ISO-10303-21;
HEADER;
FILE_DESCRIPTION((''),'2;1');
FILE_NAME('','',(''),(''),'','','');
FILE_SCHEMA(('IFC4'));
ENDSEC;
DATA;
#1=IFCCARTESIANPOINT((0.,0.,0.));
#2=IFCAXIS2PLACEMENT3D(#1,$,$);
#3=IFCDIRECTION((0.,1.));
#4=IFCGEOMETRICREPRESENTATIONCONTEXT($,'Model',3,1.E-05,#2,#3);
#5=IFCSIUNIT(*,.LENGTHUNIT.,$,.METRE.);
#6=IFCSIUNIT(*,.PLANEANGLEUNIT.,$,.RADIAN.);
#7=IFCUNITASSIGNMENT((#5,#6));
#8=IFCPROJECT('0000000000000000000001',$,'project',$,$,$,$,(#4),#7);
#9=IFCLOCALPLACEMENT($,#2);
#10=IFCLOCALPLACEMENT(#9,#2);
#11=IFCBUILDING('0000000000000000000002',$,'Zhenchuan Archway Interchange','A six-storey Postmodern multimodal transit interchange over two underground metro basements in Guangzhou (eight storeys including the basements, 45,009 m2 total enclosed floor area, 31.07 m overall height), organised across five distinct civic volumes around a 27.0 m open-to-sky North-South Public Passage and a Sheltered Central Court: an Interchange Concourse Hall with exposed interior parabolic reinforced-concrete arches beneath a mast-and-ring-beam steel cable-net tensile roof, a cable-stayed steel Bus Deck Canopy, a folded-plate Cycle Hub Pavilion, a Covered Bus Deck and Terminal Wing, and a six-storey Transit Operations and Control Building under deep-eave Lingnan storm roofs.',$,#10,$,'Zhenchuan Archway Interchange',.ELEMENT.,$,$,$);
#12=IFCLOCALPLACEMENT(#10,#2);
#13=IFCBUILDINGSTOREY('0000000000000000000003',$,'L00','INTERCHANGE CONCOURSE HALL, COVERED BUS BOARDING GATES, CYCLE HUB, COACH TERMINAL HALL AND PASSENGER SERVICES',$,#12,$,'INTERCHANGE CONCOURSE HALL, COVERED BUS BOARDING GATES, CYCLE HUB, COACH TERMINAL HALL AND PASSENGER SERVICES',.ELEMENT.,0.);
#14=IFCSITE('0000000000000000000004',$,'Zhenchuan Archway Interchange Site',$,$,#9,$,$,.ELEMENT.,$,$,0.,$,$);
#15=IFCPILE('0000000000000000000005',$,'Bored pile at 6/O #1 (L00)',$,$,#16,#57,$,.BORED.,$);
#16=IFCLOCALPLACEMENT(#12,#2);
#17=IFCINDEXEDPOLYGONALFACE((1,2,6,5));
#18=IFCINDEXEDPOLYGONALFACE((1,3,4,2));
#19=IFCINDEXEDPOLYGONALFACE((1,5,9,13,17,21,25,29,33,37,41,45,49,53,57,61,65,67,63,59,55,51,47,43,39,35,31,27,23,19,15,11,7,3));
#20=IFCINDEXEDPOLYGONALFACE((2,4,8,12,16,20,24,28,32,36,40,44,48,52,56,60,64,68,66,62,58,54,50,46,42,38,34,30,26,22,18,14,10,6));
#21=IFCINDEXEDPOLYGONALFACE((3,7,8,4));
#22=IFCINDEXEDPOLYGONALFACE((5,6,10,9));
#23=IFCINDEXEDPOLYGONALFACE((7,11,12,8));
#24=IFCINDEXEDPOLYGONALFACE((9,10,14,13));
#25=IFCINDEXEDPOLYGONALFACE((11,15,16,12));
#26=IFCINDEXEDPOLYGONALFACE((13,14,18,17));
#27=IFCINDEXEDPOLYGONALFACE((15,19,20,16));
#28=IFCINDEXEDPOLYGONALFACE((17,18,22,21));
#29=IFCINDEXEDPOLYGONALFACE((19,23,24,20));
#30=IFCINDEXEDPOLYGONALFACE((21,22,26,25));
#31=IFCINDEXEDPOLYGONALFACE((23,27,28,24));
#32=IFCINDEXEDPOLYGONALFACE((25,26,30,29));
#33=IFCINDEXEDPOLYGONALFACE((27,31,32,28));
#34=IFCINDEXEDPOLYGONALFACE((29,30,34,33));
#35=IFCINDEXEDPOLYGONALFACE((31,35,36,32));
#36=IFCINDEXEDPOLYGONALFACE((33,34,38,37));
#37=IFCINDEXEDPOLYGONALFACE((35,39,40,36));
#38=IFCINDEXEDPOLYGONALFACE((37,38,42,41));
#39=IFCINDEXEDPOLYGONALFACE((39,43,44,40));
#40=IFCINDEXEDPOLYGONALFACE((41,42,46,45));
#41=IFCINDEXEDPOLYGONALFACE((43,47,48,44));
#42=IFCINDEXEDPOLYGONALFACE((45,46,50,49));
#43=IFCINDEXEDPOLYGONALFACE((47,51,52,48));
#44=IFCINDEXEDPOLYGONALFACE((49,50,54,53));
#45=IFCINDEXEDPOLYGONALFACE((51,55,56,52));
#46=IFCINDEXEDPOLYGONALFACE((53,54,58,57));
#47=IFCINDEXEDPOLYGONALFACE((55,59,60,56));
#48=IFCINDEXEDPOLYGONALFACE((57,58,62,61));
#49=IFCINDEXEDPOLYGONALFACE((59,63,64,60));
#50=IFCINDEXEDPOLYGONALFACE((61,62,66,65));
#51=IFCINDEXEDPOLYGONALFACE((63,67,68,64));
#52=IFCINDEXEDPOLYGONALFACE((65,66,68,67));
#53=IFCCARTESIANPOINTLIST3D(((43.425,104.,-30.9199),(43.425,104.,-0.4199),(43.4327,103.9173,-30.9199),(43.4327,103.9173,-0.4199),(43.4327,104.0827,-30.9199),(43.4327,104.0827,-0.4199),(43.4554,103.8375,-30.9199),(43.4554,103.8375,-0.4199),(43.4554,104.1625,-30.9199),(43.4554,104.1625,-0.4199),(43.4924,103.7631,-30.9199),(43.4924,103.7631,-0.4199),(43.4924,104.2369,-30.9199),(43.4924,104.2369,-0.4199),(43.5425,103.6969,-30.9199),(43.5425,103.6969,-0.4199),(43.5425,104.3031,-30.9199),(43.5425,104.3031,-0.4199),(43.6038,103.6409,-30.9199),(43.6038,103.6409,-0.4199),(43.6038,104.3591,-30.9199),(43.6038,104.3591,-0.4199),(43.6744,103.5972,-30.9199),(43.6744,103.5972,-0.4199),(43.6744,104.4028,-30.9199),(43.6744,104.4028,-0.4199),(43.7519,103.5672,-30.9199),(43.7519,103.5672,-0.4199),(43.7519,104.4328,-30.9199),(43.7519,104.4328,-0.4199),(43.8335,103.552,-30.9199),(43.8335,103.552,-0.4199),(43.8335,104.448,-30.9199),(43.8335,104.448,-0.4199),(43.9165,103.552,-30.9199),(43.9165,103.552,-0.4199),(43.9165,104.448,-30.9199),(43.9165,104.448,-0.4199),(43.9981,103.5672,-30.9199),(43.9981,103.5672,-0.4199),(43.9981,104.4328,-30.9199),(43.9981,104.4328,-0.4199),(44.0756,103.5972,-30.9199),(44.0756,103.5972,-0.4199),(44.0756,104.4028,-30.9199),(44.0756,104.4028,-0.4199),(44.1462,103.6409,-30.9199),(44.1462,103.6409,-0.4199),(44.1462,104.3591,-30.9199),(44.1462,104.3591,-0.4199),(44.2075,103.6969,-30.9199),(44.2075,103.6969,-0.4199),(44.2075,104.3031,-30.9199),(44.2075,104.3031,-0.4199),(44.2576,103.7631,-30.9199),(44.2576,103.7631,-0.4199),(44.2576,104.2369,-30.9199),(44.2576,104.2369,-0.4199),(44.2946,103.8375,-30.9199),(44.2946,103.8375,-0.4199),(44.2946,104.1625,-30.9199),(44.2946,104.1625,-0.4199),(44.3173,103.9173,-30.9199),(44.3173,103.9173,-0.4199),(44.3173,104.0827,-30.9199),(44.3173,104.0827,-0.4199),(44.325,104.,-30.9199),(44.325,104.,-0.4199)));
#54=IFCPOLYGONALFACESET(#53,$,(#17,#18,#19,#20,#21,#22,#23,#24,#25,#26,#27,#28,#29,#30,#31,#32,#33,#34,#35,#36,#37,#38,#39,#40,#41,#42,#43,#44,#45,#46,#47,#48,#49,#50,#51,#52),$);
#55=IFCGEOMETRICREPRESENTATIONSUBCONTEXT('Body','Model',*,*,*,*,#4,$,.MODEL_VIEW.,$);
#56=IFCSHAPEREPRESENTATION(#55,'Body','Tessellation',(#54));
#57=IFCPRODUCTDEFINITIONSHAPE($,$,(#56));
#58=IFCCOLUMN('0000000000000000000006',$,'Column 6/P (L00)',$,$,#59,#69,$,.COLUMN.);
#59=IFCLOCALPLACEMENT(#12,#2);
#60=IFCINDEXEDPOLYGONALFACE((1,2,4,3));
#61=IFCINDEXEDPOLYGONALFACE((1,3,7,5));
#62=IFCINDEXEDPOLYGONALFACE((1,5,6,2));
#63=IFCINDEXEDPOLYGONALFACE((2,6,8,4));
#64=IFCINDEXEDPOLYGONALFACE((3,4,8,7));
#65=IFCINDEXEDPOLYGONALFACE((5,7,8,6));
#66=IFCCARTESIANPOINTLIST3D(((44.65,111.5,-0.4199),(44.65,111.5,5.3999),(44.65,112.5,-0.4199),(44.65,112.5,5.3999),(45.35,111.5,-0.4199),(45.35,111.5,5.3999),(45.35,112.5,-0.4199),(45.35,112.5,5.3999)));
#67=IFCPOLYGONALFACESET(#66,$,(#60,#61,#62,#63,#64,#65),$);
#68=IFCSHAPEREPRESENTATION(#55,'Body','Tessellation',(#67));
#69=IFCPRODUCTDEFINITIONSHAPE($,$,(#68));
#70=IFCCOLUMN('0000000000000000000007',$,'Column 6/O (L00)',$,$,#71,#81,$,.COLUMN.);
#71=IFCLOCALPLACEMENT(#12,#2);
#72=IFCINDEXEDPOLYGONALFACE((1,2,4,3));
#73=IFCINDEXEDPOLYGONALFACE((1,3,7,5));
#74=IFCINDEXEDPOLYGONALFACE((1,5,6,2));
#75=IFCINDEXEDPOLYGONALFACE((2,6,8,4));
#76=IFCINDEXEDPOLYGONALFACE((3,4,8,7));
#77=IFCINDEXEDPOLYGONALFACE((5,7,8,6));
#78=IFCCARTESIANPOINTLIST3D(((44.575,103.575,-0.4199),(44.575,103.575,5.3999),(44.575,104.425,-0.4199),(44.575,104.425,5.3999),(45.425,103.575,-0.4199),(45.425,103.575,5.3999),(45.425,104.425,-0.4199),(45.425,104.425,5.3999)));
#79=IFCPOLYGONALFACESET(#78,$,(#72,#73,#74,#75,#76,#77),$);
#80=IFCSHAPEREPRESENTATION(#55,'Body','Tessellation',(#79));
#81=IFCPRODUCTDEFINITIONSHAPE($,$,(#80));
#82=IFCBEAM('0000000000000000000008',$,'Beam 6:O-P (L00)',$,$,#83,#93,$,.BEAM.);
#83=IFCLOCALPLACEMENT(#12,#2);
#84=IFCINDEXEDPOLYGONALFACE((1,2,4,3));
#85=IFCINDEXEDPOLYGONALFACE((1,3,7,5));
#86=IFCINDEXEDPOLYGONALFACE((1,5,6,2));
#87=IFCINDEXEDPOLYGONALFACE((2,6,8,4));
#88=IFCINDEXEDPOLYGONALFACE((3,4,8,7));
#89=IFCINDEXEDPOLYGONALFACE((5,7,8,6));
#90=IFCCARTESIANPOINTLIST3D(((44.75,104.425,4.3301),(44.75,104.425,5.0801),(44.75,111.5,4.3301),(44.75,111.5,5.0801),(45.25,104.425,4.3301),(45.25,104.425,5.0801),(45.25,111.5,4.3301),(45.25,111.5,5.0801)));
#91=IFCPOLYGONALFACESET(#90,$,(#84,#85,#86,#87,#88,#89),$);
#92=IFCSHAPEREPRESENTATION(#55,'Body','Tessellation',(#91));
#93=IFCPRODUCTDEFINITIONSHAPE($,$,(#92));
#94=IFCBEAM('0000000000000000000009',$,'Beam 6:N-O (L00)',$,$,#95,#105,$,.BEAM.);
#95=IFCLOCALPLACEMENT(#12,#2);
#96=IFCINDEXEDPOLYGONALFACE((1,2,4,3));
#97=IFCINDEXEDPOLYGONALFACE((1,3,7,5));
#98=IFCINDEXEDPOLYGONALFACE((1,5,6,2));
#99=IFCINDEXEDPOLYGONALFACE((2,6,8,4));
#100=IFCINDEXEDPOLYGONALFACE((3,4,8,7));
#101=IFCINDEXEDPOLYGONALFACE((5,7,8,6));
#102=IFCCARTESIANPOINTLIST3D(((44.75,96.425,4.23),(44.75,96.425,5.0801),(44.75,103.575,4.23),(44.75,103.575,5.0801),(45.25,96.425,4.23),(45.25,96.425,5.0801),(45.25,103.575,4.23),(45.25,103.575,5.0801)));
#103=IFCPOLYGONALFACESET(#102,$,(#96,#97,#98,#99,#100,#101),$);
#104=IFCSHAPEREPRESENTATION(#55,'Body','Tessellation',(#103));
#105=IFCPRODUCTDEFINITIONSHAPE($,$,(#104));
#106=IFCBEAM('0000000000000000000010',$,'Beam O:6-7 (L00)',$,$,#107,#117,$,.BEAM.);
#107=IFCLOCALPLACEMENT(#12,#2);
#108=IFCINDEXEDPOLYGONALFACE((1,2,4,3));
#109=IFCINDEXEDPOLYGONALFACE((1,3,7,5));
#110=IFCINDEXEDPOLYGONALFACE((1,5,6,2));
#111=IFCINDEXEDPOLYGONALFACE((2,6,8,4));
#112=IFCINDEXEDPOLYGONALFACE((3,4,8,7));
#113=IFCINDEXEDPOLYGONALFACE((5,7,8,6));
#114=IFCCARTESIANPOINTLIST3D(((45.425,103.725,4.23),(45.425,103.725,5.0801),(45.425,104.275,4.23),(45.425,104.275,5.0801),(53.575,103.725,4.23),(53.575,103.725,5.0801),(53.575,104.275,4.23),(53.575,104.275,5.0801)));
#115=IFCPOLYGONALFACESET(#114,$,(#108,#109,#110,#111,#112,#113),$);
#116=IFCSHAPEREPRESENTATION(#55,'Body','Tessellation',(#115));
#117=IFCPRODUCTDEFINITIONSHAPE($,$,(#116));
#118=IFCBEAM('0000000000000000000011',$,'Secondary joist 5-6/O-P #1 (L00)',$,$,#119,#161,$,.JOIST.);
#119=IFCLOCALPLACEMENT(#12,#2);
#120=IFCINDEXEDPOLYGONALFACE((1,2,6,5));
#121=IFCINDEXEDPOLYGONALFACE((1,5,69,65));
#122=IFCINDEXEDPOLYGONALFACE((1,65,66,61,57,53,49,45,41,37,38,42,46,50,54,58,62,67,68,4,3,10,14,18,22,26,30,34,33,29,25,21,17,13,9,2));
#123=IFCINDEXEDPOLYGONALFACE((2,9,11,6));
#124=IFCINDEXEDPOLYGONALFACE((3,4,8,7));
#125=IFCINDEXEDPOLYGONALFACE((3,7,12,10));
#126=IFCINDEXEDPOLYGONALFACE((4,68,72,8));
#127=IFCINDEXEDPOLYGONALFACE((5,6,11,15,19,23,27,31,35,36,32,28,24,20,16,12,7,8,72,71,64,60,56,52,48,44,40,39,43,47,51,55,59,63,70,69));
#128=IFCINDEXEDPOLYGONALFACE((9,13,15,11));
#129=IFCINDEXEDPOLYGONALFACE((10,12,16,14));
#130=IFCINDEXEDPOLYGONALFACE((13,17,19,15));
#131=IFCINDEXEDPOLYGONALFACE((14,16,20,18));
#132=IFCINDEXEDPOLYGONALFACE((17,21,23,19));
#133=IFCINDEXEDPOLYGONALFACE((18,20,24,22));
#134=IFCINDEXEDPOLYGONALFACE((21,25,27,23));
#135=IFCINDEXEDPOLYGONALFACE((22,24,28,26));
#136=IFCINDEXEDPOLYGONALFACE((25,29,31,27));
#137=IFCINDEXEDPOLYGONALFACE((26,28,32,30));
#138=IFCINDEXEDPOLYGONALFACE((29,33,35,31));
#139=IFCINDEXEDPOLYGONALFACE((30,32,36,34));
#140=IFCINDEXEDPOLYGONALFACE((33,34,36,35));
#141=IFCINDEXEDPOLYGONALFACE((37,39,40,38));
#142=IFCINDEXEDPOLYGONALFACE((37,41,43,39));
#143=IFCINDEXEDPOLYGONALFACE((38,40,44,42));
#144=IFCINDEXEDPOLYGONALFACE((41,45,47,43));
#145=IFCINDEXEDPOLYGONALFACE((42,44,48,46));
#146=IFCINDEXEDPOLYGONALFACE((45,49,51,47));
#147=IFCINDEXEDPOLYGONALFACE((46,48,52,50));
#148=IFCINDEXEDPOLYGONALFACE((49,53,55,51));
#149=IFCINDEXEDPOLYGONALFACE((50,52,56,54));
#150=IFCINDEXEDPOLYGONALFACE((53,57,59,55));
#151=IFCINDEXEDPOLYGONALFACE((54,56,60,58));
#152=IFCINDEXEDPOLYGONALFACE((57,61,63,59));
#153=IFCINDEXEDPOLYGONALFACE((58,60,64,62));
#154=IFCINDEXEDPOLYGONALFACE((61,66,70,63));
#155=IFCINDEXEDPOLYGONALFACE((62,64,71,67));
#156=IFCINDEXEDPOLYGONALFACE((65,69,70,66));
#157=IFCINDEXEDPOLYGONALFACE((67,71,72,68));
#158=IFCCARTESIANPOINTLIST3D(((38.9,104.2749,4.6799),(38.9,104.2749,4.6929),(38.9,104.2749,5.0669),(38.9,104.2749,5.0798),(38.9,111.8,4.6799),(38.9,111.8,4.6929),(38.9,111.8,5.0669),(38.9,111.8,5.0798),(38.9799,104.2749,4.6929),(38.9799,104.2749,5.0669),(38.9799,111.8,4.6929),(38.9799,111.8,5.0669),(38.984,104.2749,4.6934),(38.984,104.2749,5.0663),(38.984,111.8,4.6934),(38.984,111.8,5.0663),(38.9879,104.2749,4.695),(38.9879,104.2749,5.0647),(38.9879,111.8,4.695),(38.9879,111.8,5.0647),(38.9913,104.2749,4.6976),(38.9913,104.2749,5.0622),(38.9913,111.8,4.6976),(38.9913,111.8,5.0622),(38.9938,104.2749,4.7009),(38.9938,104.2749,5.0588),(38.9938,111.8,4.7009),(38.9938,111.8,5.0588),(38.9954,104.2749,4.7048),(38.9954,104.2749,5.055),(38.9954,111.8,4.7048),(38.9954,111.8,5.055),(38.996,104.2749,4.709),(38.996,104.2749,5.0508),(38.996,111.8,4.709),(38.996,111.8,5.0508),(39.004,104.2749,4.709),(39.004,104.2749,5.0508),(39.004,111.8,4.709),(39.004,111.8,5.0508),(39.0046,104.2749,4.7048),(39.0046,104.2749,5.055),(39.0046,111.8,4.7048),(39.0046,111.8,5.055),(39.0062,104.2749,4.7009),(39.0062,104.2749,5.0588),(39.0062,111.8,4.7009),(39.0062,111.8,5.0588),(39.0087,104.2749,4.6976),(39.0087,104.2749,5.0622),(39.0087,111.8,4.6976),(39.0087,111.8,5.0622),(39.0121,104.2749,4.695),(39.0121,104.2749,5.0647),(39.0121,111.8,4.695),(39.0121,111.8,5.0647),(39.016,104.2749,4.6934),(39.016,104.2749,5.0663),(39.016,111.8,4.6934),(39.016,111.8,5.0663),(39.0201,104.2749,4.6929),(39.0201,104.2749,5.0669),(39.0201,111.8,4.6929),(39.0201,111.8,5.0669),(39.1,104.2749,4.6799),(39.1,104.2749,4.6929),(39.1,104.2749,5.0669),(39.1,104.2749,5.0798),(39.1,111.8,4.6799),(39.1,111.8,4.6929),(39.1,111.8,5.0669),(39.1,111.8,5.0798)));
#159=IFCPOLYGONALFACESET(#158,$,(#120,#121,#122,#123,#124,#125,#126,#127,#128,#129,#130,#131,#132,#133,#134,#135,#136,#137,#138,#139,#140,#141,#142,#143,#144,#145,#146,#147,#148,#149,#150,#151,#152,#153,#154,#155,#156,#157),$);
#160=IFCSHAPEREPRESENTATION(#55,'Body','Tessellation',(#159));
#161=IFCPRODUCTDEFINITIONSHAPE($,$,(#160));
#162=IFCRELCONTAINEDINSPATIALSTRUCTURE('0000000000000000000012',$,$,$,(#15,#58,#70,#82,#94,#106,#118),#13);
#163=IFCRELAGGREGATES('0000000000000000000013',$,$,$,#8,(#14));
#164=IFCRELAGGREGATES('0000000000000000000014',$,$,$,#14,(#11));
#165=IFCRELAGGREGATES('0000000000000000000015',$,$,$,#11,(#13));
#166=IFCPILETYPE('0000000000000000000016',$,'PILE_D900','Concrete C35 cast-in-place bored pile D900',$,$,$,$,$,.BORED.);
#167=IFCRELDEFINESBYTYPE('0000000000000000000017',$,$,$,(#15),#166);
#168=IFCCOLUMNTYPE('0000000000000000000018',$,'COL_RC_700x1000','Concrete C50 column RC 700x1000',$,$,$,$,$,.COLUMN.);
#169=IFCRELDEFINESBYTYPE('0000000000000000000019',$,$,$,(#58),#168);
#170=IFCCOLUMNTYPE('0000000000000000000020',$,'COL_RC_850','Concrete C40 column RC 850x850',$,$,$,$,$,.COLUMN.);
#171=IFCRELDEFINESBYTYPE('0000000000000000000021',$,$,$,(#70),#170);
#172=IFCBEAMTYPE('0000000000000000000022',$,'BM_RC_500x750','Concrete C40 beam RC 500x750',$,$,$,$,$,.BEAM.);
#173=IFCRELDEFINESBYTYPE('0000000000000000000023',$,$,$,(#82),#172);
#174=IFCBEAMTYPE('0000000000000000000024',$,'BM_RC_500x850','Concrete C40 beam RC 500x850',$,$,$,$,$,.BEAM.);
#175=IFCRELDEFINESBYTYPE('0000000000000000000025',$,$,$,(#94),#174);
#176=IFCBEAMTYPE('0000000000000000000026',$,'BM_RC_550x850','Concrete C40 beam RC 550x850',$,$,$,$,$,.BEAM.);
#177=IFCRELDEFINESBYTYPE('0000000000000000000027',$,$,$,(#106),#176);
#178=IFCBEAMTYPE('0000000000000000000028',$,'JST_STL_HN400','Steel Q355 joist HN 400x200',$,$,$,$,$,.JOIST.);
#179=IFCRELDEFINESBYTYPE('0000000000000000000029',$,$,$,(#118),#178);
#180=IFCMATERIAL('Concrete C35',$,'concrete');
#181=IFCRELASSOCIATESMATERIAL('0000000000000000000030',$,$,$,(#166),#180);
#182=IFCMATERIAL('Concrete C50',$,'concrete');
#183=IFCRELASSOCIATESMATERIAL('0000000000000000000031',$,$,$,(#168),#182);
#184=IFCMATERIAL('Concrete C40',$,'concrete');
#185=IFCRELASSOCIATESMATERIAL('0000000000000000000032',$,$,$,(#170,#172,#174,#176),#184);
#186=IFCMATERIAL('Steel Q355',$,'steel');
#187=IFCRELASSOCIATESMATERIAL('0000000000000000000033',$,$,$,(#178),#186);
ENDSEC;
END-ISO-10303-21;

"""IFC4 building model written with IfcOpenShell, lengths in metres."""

from ifc_helpers import new_model, si_unit, direction, frame, origin, origin_2d, place, context, subcontext, project, spatial, rectangle, circle, i_section, extrude, material, material_profile, profile_set, type_object, element, save


model = new_model("IFC4")

# Units and contexts
model_context = context("Model", 3, precision=1e-05, world=origin(), true_north=direction((0.0, 1.0)))
body_context = subcontext(model_context, "Body", "Model", "MODEL_VIEW")
ifc_project = project(units=[si_unit("LENGTHUNIT", "METRE"), si_unit("PLANEANGLEUNIT", "RADIAN")], contexts=[model_context])

# Site, building, storey
site_placement = place(None, origin())
site = spatial("IfcSite", under=ifc_project, at=site_placement, Name="Zhenchuan Archway Interchange Site", CompositionType="ELEMENT", RefElevation=0.0)
building_placement = place(site_placement, origin())
building = spatial("IfcBuilding", under=site, at=building_placement, Name="Zhenchuan Archway Interchange", Description="A six-storey Postmodern multimodal transit interchange over two underground metro basements in Guangzhou (eight storeys including the basements, 45,009 m2 total enclosed floor area, 31.07 m overall height), organised across five distinct civic volumes around a 27.0 m open-to-sky North-South Public Passage and a Sheltered Central Court: an Interchange Concourse Hall with exposed interior parabolic reinforced-concrete arches beneath a mast-and-ring-beam steel cable-net tensile roof, a cable-stayed steel Bus Deck Canopy, a folded-plate Cycle Hub Pavilion, a Covered Bus Deck and Terminal Wing, and a six-storey Transit Operations and Control Building under deep-eave Lingnan storm roofs.", LongName="Zhenchuan Archway Interchange", CompositionType="ELEMENT")
storey_placement = place(building_placement, origin())
storey = spatial("IfcBuildingStorey", under=building, at=storey_placement, Name="L00", Description="INTERCHANGE CONCOURSE HALL, COVERED BUS BOARDING GATES, CYCLE HUB, COACH TERMINAL HALL AND PASSENGER SERVICES", LongName="INTERCHANGE CONCOURSE HALL, COVERED BUS BOARDING GATES, CYCLE HUB, COACH TERMINAL HALL AND PASSENGER SERVICES", CompositionType="ELEMENT", Elevation=0.0)

# Shared definitions
ifc_material_1 = material(Name="Concrete C40", Category="concrete")

# Pile
ifc_material_2 = material(Name="Concrete C35", Category="concrete")
ifc_material_profile_1 = material_profile(ifc_material_2, circle(Radius=0.45, at=origin_2d()), Name="BORED PILE 900")
ifc_profile_set_1 = profile_set([ifc_material_profile_1], Name="Concrete C35")
pile_type_1 = type_object("IfcPileType", Name="PILE_D900", Description="Concrete C35 cast-in-place bored pile D900", PredefinedType="BORED", material=ifc_profile_set_1)
for number, where, z_axis, x_axis, name in (
    (1, (43.875, 104.0, -0.4199), (0.0, 0.0, -1.0), (1.0, 0.0, 0.0), "Bored pile at 6/O #1 (L00)"),
):
    element("IfcPile", number, at=place(storey_placement, frame(where, z_axis=z_axis, x_axis=x_axis)), inside=storey, type_object=pile_type_1, Name=name, PredefinedType="BORED", context=body_context, shape_type="SweptSolid", body=[
        extrude(circle(Radius=0.45, at=origin_2d()), origin(), (0.0, 0.0, 1.0), 30.5),
    ])

# Columns
ifc_material_3 = material(Name="Concrete C50", Category="concrete")
ifc_material_profile_2 = material_profile(ifc_material_3, rectangle(XDim=0.7, YDim=1.0, at=origin_2d()), Name="RC 700x1000")
ifc_profile_set_2 = profile_set([ifc_material_profile_2], Name="Concrete C50")
column_type_1 = type_object("IfcColumnType", Name="COL_RC_700x1000", Description="Concrete C50 column RC 700x1000", PredefinedType="COLUMN", material=ifc_profile_set_2)
column_1_placement = place(storey_placement, frame((45.0, 112.0, -0.4199), z_axis=(0.0, 0.0, 1.0), x_axis=(1.0, 0.0, 0.0)))
element("IfcColumn", 2, at=column_1_placement, inside=storey, type_object=column_type_1, Name="Column 6/P (L00)", PredefinedType="COLUMN", context=body_context, shape_type="SweptSolid", body=[
    extrude(rectangle(XDim=0.7, YDim=1.0, at=origin_2d()), origin(), (0.0, 0.0, 1.0), 5.8198),
])
ifc_material_profile_3 = material_profile(ifc_material_1, rectangle(XDim=0.8501, YDim=0.8501, at=origin_2d()), Name="RC 850x850")
ifc_profile_set_3 = profile_set([ifc_material_profile_3], Name="Concrete C40")
column_type_2 = type_object("IfcColumnType", Name="COL_RC_850", Description="Concrete C40 column RC 850x850", PredefinedType="COLUMN", material=ifc_profile_set_3)
column_2_placement = place(storey_placement, frame((45.0, 104.0, -0.4199), z_axis=(0.0, 0.0, 1.0), x_axis=(1.0, 0.0, 0.0)))
element("IfcColumn", 3, at=column_2_placement, inside=storey, type_object=column_type_2, Name="Column 6/O (L00)", PredefinedType="COLUMN", context=body_context, shape_type="SweptSolid", body=[
    extrude(rectangle(XDim=0.8501, YDim=0.8501, at=origin_2d()), origin(), (0.0, 0.0, 1.0), 5.8198),
])

# Beams
ifc_material_profile_4 = material_profile(ifc_material_1, rectangle(XDim=0.5, YDim=0.75, at=origin_2d()), Name="RC 500x750")
ifc_profile_set_4 = profile_set([ifc_material_profile_4], Name="Concrete C40")
beam_type_1 = type_object("IfcBeamType", Name="BM_RC_500x750", Description="Concrete C40 beam RC 500x750", PredefinedType="BEAM", material=ifc_profile_set_4)
beam_1_placement = place(storey_placement, frame((45.0, 104.425, 4.7051), z_axis=(0.0, 1.0, 0.0), x_axis=(-1.0, 0.0, 0.0)))
element("IfcBeam", 4, at=beam_1_placement, inside=storey, type_object=beam_type_1, Name="Beam 6:O-P (L00)", PredefinedType="BEAM", context=body_context, shape_type="SweptSolid", body=[
    extrude(rectangle(XDim=0.5, YDim=0.75, at=origin_2d()), origin(), (0.0, 0.0, 1.0), 7.075),
])
ifc_material_profile_5 = material_profile(ifc_material_1, rectangle(XDim=0.5, YDim=0.8501, at=origin_2d()), Name="RC 500x850")
ifc_profile_set_5 = profile_set([ifc_material_profile_5], Name="Concrete C40")
beam_type_2 = type_object("IfcBeamType", Name="BM_RC_500x850", Description="Concrete C40 beam RC 500x850", PredefinedType="BEAM", material=ifc_profile_set_5)
beam_2_placement = place(storey_placement, frame((45.0, 96.425, 4.655), z_axis=(0.0, 1.0, 0.0), x_axis=(-1.0, 0.0, 0.0)))
element("IfcBeam", 5, at=beam_2_placement, inside=storey, type_object=beam_type_2, Name="Beam 6:N-O (L00)", PredefinedType="BEAM", context=body_context, shape_type="SweptSolid", body=[
    extrude(rectangle(XDim=0.5, YDim=0.8501, at=origin_2d()), origin(), (0.0, 0.0, 1.0), 7.1499),
])
ifc_material_profile_6 = material_profile(ifc_material_1, rectangle(XDim=0.55, YDim=0.8501, at=origin_2d()), Name="RC 550x850")
ifc_profile_set_6 = profile_set([ifc_material_profile_6], Name="Concrete C40")
beam_type_3 = type_object("IfcBeamType", Name="BM_RC_550x850", Description="Concrete C40 beam RC 550x850", PredefinedType="BEAM", material=ifc_profile_set_6)
beam_3_placement = place(storey_placement, frame((45.425, 104.0, 4.655), z_axis=(1.0, 0.0, 0.0), x_axis=(0.0, 1.0, 0.0)))
element("IfcBeam", 6, at=beam_3_placement, inside=storey, type_object=beam_type_3, Name="Beam O:6-7 (L00)", PredefinedType="BEAM", context=body_context, shape_type="SweptSolid", body=[
    extrude(rectangle(XDim=0.55, YDim=0.8501, at=origin_2d()), origin(), (0.0, 0.0, 1.0), 8.1499),
])
ifc_material_4 = material(Name="Steel Q355", Category="steel")
ifc_material_profile_7 = material_profile(ifc_material_4, i_section(OverallWidth=0.2, OverallDepth=0.3999, WebThickness=0.0081, FlangeThickness=0.0129, FilletRadius=0.0161, at=origin_2d()), Name="HN 400x200")
ifc_profile_set_7 = profile_set([ifc_material_profile_7], Name="Steel Q355")
beam_type_4 = type_object("IfcBeamType", Name="JST_STL_HN400", Description="Steel Q355 joist HN 400x200", PredefinedType="JOIST", material=ifc_profile_set_7)
for number, where, z_axis, x_axis, name in (
    (7, (39.0, 104.2749, 4.8799), (0.0, 1.0, 0.0), (-1.0, 0.0, 0.0), "Secondary joist 5-6/O-P #1 (L00)"),
):
    element("IfcBeam", number, at=place(storey_placement, frame(where, z_axis=z_axis, x_axis=x_axis)), inside=storey, type_object=beam_type_4, Name=name, PredefinedType="JOIST", context=body_context, shape_type="SweptSolid", body=[
        extrude(i_section(OverallWidth=0.2, OverallDepth=0.3999, WebThickness=0.0081, FlangeThickness=0.0129, FilletRadius=0.0161, at=origin_2d()), origin(), (0.0, 0.0, 1.0), 7.5251),
    ])

save(model, "model.ifc")
